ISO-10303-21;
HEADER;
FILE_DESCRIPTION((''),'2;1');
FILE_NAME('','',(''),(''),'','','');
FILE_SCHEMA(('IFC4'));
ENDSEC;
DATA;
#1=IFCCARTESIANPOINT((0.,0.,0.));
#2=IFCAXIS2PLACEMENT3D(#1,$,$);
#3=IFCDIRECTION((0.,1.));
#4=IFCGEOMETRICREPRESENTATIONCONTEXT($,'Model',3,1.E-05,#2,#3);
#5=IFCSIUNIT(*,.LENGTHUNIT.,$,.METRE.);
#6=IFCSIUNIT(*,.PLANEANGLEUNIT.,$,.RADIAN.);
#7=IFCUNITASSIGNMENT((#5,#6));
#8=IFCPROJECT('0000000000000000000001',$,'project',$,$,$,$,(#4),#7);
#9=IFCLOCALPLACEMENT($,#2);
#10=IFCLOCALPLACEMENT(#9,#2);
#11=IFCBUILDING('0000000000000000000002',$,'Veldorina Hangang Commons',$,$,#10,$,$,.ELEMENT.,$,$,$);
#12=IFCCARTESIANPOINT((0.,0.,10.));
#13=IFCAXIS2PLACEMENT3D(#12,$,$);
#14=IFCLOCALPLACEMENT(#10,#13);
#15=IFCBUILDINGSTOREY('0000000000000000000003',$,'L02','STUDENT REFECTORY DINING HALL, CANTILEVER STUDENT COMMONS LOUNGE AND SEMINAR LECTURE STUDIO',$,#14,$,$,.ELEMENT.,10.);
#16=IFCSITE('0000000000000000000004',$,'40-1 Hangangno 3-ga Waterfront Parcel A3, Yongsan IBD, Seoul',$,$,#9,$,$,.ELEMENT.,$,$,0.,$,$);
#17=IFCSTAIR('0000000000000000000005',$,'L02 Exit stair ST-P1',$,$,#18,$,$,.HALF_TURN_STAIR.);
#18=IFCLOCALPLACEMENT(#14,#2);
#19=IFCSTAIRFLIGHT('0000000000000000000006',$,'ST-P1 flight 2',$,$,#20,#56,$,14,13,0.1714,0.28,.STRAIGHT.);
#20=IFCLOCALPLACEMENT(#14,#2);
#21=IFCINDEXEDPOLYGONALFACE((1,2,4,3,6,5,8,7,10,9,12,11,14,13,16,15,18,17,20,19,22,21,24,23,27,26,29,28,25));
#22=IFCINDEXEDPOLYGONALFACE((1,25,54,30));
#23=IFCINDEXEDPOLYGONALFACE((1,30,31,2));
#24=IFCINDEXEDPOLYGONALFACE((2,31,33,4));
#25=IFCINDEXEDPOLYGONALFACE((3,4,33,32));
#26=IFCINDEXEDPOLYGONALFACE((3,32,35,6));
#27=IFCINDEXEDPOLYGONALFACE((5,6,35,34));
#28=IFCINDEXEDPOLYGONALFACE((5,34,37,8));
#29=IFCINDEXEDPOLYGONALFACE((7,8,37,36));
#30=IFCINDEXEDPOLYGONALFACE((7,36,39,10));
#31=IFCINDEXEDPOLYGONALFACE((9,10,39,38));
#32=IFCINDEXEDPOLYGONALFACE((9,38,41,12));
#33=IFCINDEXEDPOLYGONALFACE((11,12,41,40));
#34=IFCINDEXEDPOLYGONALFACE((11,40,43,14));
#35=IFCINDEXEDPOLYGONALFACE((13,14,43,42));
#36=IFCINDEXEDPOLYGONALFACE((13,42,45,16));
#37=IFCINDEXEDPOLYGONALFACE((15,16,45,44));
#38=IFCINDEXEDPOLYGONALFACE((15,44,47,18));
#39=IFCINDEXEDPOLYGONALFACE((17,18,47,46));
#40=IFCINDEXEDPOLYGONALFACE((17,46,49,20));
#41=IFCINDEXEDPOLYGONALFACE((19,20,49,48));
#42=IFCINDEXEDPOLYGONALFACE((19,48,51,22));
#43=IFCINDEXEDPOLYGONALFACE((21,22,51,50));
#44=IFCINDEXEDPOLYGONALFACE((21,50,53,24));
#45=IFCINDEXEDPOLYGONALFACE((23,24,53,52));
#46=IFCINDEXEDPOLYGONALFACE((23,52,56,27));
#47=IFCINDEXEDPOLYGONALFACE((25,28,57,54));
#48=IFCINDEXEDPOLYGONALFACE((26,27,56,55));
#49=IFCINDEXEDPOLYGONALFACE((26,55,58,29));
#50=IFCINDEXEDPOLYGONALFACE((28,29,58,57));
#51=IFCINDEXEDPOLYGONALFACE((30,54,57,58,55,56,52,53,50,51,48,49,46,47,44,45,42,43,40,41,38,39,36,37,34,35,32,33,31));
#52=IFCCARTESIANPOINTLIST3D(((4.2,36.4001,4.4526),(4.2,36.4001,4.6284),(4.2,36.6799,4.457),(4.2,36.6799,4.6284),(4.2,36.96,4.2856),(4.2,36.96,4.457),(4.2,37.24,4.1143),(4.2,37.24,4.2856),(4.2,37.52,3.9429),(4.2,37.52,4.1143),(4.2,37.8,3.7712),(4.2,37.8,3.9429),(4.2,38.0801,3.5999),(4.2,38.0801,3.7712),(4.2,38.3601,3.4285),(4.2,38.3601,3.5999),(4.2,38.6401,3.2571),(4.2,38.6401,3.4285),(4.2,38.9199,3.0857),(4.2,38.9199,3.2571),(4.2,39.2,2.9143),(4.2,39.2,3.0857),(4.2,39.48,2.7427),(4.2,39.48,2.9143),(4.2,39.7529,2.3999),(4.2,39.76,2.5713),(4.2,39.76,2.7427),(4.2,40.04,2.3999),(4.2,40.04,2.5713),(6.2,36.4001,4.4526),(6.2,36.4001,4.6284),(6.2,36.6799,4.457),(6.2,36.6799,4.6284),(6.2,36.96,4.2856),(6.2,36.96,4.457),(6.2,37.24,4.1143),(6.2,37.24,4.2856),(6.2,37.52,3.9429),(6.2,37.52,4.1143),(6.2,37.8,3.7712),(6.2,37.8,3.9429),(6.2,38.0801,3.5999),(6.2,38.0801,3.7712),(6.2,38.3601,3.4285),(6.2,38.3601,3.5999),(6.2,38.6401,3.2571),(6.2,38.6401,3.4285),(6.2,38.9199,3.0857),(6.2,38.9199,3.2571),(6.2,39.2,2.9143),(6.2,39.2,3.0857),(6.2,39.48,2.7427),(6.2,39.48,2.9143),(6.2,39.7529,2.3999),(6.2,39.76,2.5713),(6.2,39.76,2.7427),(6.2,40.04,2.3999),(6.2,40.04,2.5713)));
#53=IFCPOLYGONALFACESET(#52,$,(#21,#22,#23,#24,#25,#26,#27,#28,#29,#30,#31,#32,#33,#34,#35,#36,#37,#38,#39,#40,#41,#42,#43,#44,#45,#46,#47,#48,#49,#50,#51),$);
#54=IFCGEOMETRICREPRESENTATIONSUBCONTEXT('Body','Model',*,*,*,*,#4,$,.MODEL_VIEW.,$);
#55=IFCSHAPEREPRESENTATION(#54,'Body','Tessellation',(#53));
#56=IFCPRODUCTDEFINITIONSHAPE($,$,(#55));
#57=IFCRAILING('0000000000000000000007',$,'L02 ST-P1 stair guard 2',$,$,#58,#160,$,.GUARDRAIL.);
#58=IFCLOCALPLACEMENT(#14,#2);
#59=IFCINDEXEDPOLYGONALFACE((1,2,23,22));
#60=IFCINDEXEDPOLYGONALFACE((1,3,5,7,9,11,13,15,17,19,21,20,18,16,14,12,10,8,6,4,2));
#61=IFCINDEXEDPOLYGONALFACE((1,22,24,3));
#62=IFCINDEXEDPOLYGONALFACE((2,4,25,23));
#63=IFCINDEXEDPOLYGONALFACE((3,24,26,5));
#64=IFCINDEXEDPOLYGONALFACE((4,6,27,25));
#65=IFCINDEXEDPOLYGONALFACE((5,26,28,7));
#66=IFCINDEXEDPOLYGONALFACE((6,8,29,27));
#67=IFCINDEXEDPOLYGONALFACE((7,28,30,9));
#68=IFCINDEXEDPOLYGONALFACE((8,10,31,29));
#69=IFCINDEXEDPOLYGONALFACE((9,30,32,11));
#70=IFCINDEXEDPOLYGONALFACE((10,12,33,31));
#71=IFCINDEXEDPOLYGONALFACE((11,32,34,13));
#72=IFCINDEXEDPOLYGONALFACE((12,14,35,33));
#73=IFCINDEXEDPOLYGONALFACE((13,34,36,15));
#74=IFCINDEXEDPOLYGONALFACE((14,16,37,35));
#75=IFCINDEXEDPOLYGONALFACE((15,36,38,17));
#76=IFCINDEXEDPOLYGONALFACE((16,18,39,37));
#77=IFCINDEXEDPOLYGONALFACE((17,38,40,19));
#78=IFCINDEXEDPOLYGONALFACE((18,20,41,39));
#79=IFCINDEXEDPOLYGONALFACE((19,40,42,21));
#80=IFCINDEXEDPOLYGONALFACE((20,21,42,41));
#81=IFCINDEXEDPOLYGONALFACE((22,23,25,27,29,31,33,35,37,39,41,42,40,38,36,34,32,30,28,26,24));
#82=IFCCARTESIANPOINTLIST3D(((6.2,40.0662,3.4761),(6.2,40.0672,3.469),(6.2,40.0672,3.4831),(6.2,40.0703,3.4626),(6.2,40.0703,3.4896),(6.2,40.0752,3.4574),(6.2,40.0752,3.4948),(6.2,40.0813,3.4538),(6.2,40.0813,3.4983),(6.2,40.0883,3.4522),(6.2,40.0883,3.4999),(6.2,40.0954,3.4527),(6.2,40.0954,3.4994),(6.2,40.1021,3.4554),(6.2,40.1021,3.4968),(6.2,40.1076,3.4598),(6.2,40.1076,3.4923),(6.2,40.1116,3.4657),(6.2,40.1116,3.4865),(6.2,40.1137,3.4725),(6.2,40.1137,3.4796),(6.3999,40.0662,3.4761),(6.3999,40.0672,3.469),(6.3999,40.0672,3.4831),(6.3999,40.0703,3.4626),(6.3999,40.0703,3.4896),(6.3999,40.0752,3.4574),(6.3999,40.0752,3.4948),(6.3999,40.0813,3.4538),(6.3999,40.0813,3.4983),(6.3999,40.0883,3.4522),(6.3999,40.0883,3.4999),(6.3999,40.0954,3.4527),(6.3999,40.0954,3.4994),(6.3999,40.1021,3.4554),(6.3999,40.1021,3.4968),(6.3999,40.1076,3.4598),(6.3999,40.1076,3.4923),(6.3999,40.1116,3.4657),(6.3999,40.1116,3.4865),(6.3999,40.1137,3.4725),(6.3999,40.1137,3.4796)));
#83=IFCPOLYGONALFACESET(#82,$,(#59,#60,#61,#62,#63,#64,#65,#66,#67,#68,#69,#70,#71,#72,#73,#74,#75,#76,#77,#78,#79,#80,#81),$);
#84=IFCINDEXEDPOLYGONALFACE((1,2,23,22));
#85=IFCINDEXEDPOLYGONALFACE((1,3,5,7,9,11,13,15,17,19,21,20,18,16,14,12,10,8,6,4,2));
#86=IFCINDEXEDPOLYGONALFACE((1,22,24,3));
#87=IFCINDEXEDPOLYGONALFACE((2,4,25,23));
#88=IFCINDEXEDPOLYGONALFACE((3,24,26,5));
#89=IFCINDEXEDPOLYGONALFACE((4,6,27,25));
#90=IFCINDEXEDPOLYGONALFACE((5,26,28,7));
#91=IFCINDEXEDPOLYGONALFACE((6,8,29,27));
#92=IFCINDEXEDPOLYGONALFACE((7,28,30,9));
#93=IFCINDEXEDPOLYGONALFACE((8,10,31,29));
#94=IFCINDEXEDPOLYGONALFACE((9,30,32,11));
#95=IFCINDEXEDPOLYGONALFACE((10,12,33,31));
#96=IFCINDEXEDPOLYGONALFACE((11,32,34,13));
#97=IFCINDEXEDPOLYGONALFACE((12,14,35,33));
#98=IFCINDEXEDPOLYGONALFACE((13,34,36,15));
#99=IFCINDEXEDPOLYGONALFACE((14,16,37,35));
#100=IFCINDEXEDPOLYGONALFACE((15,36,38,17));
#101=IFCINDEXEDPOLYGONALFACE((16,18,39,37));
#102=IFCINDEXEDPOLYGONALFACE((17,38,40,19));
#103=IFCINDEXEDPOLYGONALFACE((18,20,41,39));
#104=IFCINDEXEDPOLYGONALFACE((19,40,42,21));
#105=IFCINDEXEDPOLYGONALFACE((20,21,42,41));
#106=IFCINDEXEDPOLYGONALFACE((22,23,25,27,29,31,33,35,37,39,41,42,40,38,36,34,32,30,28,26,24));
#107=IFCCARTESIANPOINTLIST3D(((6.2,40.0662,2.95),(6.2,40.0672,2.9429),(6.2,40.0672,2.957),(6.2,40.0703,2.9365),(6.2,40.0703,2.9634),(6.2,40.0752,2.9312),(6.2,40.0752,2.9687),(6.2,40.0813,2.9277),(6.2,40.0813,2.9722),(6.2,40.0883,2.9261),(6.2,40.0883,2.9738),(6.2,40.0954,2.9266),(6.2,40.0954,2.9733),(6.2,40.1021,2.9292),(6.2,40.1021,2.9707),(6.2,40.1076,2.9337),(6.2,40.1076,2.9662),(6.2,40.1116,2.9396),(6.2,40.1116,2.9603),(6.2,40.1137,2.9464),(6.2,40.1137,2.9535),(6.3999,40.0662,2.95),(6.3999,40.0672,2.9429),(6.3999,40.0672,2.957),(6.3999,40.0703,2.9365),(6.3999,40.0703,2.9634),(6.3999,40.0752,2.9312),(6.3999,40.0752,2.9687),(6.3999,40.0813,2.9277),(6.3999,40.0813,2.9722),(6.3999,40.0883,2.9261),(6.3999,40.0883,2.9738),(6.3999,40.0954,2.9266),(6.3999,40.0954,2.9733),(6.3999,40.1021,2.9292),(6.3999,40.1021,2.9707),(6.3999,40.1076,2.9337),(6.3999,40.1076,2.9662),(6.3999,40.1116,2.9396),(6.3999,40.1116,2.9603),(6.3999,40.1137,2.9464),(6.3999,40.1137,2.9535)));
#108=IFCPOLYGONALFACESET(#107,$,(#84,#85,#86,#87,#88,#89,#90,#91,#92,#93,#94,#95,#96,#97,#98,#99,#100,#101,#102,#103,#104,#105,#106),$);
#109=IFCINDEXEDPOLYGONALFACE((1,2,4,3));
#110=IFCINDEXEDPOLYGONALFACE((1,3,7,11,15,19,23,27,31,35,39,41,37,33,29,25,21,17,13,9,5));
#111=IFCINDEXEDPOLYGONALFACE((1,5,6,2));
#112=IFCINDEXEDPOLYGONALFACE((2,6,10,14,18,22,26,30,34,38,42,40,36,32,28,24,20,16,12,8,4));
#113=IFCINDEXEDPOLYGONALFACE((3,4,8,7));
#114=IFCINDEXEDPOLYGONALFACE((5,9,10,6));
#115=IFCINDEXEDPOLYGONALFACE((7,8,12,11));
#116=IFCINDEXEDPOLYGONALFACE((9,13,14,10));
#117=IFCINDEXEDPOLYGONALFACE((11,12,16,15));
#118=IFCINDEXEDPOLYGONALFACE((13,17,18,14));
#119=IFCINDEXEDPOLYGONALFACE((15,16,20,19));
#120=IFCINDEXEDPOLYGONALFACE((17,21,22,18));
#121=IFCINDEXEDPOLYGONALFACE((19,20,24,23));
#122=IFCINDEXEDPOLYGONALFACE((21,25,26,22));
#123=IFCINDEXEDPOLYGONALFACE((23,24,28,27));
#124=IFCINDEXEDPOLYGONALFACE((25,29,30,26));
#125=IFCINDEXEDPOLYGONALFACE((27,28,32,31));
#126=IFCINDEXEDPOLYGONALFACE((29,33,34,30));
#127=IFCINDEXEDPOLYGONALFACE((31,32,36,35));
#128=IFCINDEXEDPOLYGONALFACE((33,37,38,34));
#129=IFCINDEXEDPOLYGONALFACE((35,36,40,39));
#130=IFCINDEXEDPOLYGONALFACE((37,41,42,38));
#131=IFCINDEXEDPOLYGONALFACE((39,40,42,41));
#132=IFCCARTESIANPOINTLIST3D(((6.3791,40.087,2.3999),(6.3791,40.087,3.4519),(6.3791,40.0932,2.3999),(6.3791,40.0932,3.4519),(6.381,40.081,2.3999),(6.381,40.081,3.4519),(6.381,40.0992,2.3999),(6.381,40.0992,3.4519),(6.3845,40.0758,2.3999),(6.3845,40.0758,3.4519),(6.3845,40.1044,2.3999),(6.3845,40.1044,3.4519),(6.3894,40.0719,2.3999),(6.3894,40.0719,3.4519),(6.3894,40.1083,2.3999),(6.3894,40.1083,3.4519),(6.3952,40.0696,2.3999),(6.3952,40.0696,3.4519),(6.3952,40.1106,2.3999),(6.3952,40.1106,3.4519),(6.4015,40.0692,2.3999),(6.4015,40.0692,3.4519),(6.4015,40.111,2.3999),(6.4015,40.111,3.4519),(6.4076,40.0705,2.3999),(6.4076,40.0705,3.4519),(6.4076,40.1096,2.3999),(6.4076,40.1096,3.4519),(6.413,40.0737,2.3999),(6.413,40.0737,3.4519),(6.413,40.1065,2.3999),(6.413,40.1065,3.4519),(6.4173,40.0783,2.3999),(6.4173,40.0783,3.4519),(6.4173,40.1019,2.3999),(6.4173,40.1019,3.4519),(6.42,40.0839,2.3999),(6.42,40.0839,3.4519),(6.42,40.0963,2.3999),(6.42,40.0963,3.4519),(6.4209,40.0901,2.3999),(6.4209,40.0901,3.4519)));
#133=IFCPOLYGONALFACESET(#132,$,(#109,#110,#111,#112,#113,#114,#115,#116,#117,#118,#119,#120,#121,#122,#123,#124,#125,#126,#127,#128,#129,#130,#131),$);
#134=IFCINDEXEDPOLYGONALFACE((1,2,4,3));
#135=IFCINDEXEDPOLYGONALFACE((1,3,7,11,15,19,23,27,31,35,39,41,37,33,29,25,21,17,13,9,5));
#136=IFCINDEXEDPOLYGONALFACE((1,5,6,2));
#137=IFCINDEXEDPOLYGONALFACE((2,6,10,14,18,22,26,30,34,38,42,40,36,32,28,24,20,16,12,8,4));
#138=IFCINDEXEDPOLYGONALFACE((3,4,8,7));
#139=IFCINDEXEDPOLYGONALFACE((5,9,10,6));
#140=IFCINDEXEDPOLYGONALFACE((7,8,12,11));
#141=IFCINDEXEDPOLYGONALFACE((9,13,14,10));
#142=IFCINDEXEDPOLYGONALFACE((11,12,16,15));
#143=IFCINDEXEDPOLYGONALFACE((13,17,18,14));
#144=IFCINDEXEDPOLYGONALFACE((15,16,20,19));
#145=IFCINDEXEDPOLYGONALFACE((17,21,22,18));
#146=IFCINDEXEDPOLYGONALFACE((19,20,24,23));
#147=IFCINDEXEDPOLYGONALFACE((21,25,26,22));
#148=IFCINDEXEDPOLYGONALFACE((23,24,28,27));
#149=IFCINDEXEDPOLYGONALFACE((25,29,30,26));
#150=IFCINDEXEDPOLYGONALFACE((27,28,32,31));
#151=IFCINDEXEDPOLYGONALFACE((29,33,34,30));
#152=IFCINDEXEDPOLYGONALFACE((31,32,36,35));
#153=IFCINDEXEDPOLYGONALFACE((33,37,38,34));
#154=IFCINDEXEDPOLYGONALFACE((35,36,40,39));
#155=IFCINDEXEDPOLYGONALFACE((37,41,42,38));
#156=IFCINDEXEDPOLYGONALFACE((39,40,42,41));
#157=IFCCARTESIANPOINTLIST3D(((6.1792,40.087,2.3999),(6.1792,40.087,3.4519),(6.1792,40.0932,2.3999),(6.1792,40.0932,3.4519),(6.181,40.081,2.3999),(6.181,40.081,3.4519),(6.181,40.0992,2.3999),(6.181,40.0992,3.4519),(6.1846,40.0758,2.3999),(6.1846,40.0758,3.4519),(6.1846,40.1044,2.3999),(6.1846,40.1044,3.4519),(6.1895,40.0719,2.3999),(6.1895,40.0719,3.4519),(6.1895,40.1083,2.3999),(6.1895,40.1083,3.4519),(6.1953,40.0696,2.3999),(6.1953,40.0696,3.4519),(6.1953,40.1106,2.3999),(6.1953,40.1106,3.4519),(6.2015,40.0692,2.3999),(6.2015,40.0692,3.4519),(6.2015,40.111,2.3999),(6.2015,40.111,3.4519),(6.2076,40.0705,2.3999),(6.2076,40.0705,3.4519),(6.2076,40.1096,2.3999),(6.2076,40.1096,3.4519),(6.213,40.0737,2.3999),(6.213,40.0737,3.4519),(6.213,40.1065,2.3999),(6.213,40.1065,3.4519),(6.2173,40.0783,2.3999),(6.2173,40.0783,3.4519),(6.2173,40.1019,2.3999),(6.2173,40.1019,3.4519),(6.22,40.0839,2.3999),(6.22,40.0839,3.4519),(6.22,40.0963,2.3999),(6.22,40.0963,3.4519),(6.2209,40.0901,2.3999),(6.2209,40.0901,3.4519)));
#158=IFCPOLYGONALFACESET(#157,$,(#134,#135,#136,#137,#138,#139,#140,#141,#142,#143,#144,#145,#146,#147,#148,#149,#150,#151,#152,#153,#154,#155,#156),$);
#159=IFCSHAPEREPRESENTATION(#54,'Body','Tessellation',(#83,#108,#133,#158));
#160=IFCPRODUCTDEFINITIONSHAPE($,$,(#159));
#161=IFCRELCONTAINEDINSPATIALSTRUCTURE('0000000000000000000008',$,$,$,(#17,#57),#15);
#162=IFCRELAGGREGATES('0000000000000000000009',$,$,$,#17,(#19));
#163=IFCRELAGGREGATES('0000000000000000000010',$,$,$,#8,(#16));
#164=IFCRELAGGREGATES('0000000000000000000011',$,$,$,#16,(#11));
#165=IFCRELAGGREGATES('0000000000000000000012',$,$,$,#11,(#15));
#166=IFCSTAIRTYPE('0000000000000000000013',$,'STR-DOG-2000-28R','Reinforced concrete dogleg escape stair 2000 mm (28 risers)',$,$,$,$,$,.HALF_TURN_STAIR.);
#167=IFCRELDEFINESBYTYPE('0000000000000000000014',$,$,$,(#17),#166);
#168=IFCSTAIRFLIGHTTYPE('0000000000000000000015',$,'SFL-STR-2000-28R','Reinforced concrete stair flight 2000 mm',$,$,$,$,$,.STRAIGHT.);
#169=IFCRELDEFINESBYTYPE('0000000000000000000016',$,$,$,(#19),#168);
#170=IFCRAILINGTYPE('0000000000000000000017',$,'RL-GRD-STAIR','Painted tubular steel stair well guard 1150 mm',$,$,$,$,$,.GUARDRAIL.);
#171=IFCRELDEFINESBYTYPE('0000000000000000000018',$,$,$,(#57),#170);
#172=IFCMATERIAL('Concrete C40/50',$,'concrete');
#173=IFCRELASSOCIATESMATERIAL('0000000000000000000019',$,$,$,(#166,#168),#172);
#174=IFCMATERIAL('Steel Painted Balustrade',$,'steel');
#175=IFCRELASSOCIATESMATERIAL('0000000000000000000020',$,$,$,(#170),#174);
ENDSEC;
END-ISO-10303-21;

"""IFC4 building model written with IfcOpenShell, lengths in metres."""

from ifc_helpers import new_model, si_unit, direction, frame, origin, origin_2d, place, context, subcontext, project, spatial, polyline, circle, outline, extrude, material, type_object, element, aggregate, save


model = new_model("IFC4")

# Units and contexts
model_context = context("Model", 3, precision=1e-05, world=origin(), true_north=direction((0.0, 1.0)))
body_context = subcontext(model_context, "Body", "Model", "MODEL_VIEW")
ifc_project = project(units=[si_unit("LENGTHUNIT", "METRE"), si_unit("PLANEANGLEUNIT", "RADIAN")], contexts=[model_context])

# Site, building, storey
site_placement = place(None, origin())
site = spatial("IfcSite", under=ifc_project, at=site_placement, Name="40-1 Hangangno 3-ga Waterfront Parcel A3, Yongsan IBD, Seoul", CompositionType="ELEMENT", RefElevation=0.0)
building_placement = place(site_placement, origin())
building = spatial("IfcBuilding", under=site, at=building_placement, Name="Veldorina Hangang Commons", CompositionType="ELEMENT")
storey_placement = place(building_placement, frame((0.0, 0.0, 10.0)))
storey = spatial("IfcBuildingStorey", under=building, at=storey_placement, Name="L02", Description="STUDENT REFECTORY DINING HALL, CANTILEVER STUDENT COMMONS LOUNGE AND SEMINAR LECTURE STUDIO", CompositionType="ELEMENT", Elevation=10.0)

# Stair, stair flight
ifc_material_1 = material(Name="Concrete C40/50", Category="concrete")
stair_type = type_object("IfcStairType", Name="STR-DOG-2000-28R", Description="Reinforced concrete dogleg escape stair 2000 mm (28 risers)", PredefinedType="HALF_TURN_STAIR", material=ifc_material_1)
stair_placement = place(storey_placement, origin())
stair = element("IfcStair", 1, at=stair_placement, inside=storey, type_object=stair_type, Name="L02 Exit stair ST-P1", PredefinedType="HALF_TURN_STAIR")
stair_flight_type = type_object("IfcStairFlightType", Name="SFL-STR-2000-28R", Description="Reinforced concrete stair flight 2000 mm", PredefinedType="STRAIGHT", material=ifc_material_1)
stair_flight_1_placement = place(storey_placement, frame((5.2, 40.04, 2.3999), z_axis=(0.0, 0.0, 1.0), x_axis=(0.0, -1.0, 0.0)))
stair_flight_1 = element("IfcStairFlight", 2, at=stair_flight_1_placement, type_object=stair_flight_type, Name="ST-P1 flight 2", NumberOfRisers=14, NumberOfTreads=13, PredefinedType="STRAIGHT", RiserHeight=0.1714, TreadLength=0.28, context=body_context, shape_type="SweptSolid", body=[
    extrude(outline(polyline([(0.0, 0.0), (0.0, 0.1714), (0.28, 0.1714), (0.28, 0.3428), (0.5601, 0.3428), (0.5601, 0.5144), (0.8401, 0.5144), (0.8401, 0.6858), (1.1201, 0.6858), (1.1201, 0.8572), (1.3999, 0.8572), (1.3999, 1.0286), (1.6799, 1.0286), (1.6799, 1.2), (1.96, 1.2), (1.96, 1.3713), (2.24, 1.3713), (2.24, 1.543), (2.52, 1.543), (2.52, 1.7144), (2.8, 1.7144), (2.8, 1.8857), (3.0801, 1.8857), (3.0801, 2.0571), (3.3601, 2.0571), (3.3601, 2.2285), (3.6399, 2.2285), (3.6399, 2.3999), (3.6399, 2.0527), (0.2871, 0.0), (0.0, 0.0)])), frame((0.0, 1.0, 0.0), z_axis=(0.0, -1.0, 0.0), x_axis=(1.0, 0.0, 0.0)), (0.0, 0.0, 1.0), 2.0),
])
aggregate(stair, [stair_flight_1])

# Railing
ifc_material_2 = material(Name="Steel Painted Balustrade", Category="steel")
railing_type_1 = type_object("IfcRailingType", Name="RL-GRD-STAIR", Description="Painted tubular steel stair well guard 1150 mm", PredefinedType="GUARDRAIL", material=ifc_material_2)
railing_1_placement = place(storey_placement, frame((6.3999, 40.0901, 2.3999)))
element("IfcRailing", 3, at=railing_1_placement, inside=storey, type_object=railing_type_1, Name="L02 ST-P1 stair guard 2", PredefinedType="GUARDRAIL", context=body_context, shape_type="SweptSolid", body=[
    extrude(circle(Radius=0.0239, at=origin_2d()), frame((0.0, 0.0, 1.0762), z_axis=(-1.0, 0.0, 0.0), x_axis=(0.0, -1.0, 0.0)), (0.0, 0.0, 1.0), 0.2),
    extrude(circle(Radius=0.0239, at=origin_2d()), frame((0.0, 0.0, 0.55), z_axis=(-1.0, 0.0, 0.0), x_axis=(0.0, -1.0, 0.0)), (0.0, 0.0, 1.0), 0.2),
    extrude(circle(Radius=0.021, at=origin_2d()), origin(), (0.0, 0.0, 1.0), 1.052),
    extrude(circle(Radius=0.021, at=origin_2d()), frame((-0.2, 0.0, 0.0)), (0.0, 0.0, 1.0), 1.052),
])

save(model, "model.ifc")
